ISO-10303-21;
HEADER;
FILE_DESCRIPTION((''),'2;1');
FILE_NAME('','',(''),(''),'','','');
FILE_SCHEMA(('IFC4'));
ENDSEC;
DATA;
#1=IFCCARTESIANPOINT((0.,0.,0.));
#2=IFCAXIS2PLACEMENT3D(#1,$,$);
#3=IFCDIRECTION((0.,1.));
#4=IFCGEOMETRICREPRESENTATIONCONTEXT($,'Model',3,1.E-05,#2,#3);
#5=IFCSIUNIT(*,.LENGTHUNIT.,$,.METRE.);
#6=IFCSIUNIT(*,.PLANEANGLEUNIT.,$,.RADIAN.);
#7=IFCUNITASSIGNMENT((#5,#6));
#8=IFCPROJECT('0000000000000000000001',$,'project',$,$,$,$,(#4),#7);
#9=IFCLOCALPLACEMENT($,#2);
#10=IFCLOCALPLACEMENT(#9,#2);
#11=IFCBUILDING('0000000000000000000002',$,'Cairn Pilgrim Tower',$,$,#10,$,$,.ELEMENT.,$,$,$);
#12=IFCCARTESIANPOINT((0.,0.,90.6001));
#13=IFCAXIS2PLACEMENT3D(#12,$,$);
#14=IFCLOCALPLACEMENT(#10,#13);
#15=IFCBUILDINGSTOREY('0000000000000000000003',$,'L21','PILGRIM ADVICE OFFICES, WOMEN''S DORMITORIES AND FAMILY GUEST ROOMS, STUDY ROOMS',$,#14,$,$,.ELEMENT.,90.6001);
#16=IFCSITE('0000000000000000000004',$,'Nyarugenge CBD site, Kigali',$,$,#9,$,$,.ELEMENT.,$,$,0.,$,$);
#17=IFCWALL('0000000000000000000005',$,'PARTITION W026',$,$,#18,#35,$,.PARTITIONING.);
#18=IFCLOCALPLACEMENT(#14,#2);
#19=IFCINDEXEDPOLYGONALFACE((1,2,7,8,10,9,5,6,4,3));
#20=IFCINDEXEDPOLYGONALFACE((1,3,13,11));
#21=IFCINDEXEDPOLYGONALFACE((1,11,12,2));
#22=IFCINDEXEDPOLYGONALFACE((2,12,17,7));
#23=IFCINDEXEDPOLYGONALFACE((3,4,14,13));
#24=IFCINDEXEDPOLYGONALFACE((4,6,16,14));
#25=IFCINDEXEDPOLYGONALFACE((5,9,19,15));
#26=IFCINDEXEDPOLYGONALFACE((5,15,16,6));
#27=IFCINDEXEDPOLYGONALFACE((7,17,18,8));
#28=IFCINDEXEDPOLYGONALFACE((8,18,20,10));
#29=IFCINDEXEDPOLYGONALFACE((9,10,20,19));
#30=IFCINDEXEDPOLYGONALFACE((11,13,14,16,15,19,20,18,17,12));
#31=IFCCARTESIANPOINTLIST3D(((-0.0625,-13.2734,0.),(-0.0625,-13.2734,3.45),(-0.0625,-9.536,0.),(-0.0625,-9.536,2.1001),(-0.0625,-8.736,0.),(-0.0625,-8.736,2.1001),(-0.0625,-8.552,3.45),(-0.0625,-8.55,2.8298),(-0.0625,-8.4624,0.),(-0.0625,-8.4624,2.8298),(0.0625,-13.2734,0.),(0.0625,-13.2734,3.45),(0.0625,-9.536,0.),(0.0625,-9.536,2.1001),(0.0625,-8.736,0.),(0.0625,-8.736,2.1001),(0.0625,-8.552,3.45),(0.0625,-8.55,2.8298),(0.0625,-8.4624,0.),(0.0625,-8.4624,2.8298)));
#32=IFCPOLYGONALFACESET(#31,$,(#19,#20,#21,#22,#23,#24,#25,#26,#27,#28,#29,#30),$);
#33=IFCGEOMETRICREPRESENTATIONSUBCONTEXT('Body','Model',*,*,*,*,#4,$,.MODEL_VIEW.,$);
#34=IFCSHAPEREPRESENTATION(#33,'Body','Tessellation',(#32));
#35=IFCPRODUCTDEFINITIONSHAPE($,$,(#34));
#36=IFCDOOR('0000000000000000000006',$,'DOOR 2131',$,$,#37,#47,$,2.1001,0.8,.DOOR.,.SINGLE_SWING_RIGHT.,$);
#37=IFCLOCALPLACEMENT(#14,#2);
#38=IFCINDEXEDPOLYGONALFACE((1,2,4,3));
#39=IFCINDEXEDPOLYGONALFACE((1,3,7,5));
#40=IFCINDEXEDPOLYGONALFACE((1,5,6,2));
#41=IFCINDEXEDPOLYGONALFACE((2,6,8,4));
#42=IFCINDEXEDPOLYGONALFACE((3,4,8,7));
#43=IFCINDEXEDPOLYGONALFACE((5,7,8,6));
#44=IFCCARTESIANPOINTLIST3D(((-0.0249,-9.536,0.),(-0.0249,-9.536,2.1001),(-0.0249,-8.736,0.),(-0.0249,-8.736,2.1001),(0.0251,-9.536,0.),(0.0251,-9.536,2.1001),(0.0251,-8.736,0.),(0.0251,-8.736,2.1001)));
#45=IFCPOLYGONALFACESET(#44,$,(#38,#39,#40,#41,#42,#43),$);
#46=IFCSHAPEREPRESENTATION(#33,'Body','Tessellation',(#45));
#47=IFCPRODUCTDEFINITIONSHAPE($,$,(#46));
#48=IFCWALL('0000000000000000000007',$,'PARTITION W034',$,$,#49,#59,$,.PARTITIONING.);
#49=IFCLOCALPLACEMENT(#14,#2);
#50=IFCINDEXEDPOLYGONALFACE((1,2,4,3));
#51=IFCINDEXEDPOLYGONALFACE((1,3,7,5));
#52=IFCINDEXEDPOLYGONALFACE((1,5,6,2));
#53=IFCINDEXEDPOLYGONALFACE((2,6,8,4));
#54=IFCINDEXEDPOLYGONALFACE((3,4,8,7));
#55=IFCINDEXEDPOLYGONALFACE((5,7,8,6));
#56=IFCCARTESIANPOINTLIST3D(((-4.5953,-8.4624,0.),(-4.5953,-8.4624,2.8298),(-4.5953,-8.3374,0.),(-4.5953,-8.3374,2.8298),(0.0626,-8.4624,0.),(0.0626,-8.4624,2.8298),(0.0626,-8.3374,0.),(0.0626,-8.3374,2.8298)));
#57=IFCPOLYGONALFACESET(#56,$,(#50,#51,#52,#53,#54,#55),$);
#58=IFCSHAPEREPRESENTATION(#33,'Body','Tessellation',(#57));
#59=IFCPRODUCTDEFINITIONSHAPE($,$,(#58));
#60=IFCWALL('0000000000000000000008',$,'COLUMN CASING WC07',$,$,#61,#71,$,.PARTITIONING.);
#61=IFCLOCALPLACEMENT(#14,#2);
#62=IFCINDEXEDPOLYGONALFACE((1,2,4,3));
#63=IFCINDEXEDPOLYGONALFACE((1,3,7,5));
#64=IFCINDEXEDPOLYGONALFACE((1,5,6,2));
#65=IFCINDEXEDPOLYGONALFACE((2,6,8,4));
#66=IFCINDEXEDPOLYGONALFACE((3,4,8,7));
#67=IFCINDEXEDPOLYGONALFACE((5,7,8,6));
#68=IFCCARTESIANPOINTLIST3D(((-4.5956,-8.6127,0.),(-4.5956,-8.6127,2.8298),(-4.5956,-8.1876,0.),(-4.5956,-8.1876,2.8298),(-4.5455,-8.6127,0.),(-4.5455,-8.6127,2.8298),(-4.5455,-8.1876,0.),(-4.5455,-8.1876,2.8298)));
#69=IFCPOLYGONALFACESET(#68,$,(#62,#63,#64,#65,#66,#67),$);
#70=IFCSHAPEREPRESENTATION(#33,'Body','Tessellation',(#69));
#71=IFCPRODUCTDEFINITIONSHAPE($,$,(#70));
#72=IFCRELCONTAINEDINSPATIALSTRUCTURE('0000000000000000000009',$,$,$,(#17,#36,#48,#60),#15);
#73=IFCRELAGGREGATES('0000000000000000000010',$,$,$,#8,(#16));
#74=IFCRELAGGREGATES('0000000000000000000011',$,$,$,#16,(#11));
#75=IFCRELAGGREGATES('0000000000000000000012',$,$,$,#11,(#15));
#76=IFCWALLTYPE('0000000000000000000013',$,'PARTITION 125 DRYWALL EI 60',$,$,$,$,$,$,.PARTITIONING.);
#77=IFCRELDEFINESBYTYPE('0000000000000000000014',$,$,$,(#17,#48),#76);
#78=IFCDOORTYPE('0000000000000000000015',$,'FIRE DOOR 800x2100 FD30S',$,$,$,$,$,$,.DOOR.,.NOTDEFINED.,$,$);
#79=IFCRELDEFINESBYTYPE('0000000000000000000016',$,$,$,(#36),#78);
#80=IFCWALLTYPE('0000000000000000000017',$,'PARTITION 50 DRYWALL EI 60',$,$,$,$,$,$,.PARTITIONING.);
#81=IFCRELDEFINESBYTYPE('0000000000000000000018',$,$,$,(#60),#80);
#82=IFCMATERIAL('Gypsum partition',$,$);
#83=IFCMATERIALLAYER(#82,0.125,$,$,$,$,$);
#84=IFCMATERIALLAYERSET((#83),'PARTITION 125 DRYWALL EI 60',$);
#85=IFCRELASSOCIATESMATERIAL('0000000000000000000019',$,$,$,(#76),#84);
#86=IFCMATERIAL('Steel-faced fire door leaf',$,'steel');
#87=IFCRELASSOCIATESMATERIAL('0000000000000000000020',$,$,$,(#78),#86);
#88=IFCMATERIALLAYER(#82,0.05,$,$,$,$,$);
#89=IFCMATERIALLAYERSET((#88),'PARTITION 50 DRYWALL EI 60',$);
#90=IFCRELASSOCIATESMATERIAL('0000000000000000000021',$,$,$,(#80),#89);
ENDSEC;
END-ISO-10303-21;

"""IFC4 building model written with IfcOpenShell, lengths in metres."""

from ifc_helpers import new_model, si_unit, direction, frame, frame_2d, origin, place, context, subcontext, project, spatial, polyline, rectangle, outline, extrude, material, layer, layer_set, type_object, element, fill, save


model = new_model("IFC4")

# Units and contexts
model_context = context("Model", 3, precision=1e-05, world=origin(), true_north=direction((0.0, 1.0)))
body_context = subcontext(model_context, "Body", "Model", "MODEL_VIEW")
ifc_project = project(units=[si_unit("LENGTHUNIT", "METRE"), si_unit("PLANEANGLEUNIT", "RADIAN")], contexts=[model_context])

# Site, building, storey
site_placement = place(None, origin())
site = spatial("IfcSite", under=ifc_project, at=site_placement, Name="Nyarugenge CBD site, Kigali", CompositionType="ELEMENT", RefElevation=0.0)
building_placement = place(site_placement, origin())
building = spatial("IfcBuilding", under=site, at=building_placement, Name="Cairn Pilgrim Tower", CompositionType="ELEMENT")
storey_placement = place(building_placement, frame((0.0, 0.0, 90.6001)))
storey = spatial("IfcBuildingStorey", under=building, at=storey_placement, Name="L21", Description="PILGRIM ADVICE OFFICES, WOMEN'S DORMITORIES AND FAMILY GUEST ROOMS, STUDY ROOMS", CompositionType="ELEMENT", Elevation=90.6001)

# Wall, opening, door
ifc_material_1 = material(Name="Gypsum partition")
ifc_layer_1 = layer(ifc_material_1, 0.125)
ifc_layer_set_1 = layer_set([ifc_layer_1], Name="PARTITION 125 DRYWALL EI 60")
wall_type_1 = type_object("IfcWallType", Name="PARTITION 125 DRYWALL EI 60", PredefinedType="PARTITIONING", material=ifc_layer_set_1)
wall_1_placement = place(storey_placement, frame((0.0, -13.2734, 0.0), z_axis=(0.0, 0.0, 1.0), x_axis=(0.0, 1.0, 0.0)))
wall_1 = element("IfcWall", 1, at=wall_1_placement, inside=storey, type_object=wall_type_1, Name="PARTITION W026", PredefinedType="PARTITIONING", context=body_context, shape_type="SweptSolid", body=[
    extrude(outline(polyline([(0.0, 0.0), (4.811, 0.0), (4.811, 2.8298), (4.7234, 2.8298), (4.7214, 3.45), (0.0, 3.45), (0.0, 0.0)])), frame((0.0, 0.0625, 0.0), z_axis=(0.0, -1.0, 0.0), x_axis=(1.0, 0.0, 0.0)), (0.0, 0.0, 1.0), 0.125),
])
opening_1_placement = place(wall_1_placement, frame((3.7375, 0.0, 0.0)))
opening_1 = element("IfcOpeningElement", 2, at=opening_1_placement, cuts=wall_1, PredefinedType="OPENING", context=body_context, shape_type="SweptSolid", body=[
    extrude(rectangle(XDim=0.8, YDim=2.1001, at=frame_2d((0.3999, 1.05))), frame((0.0, 0.0725, 0.0), z_axis=(0.0, -1.0, 0.0), x_axis=(1.0, 0.0, 0.0)), (0.0, 0.0, 1.0), 0.145),
])
ifc_material_2 = material(Name="Steel-faced fire door leaf", Category="steel")
door_type_1 = type_object("IfcDoorType", Name="FIRE DOOR 800x2100 FD30S", OperationType="NOTDEFINED", PredefinedType="DOOR", material=ifc_material_2)
door_1_placement = place(opening_1_placement, origin())
door_1 = element("IfcDoor", 3, at=door_1_placement, inside=storey, type_object=door_type_1, Name="DOOR 2131", OperationType="SINGLE_SWING_RIGHT", OverallHeight=2.1001, OverallWidth=0.8, PredefinedType="DOOR", context=body_context, shape_type="SweptSolid", body=[
    extrude(rectangle(XDim=0.8, YDim=2.1001, at=frame_2d((0.3999, 1.05))), frame((0.0, 0.0249, 0.0), z_axis=(0.0, -1.0, 0.0), x_axis=(1.0, 0.0, 0.0)), (0.0, 0.0, 1.0), 0.05),
])
fill(opening_1, door_1)

# Walls
wall_2_placement = place(storey_placement, frame((-4.5955, -8.3999, 0.0), z_axis=(0.0, 0.0, 1.0), x_axis=(1.0, 0.0, 0.0)))
element("IfcWall", 4, at=wall_2_placement, inside=storey, type_object=wall_type_1, Name="PARTITION W034", PredefinedType="PARTITIONING", context=body_context, shape_type="SweptSolid", body=[
    extrude(rectangle(XDim=4.658, YDim=0.125, at=frame_2d((2.3291, 0.0))), origin(), (0.0, 0.0, 1.0), 2.8298),
])
ifc_layer_2 = layer(ifc_material_1, 0.05)
ifc_layer_set_2 = layer_set([ifc_layer_2], Name="PARTITION 50 DRYWALL EI 60")
wall_type_2 = type_object("IfcWallType", Name="PARTITION 50 DRYWALL EI 60", PredefinedType="PARTITIONING", material=ifc_layer_set_2)
wall_3_placement = place(storey_placement, frame((-4.5706, -8.6125, 0.0), z_axis=(0.0, 0.0, 1.0), x_axis=(0.0, 1.0, 0.0)))
element("IfcWall", 5, at=wall_3_placement, inside=storey, type_object=wall_type_2, Name="COLUMN CASING WC07", PredefinedType="PARTITIONING", context=body_context, shape_type="SweptSolid", body=[
    extrude(rectangle(XDim=0.425, YDim=0.05, at=frame_2d((0.2124, 0.0))), origin(), (0.0, 0.0, 1.0), 2.8298),
])

save(model, "model.ifc")
